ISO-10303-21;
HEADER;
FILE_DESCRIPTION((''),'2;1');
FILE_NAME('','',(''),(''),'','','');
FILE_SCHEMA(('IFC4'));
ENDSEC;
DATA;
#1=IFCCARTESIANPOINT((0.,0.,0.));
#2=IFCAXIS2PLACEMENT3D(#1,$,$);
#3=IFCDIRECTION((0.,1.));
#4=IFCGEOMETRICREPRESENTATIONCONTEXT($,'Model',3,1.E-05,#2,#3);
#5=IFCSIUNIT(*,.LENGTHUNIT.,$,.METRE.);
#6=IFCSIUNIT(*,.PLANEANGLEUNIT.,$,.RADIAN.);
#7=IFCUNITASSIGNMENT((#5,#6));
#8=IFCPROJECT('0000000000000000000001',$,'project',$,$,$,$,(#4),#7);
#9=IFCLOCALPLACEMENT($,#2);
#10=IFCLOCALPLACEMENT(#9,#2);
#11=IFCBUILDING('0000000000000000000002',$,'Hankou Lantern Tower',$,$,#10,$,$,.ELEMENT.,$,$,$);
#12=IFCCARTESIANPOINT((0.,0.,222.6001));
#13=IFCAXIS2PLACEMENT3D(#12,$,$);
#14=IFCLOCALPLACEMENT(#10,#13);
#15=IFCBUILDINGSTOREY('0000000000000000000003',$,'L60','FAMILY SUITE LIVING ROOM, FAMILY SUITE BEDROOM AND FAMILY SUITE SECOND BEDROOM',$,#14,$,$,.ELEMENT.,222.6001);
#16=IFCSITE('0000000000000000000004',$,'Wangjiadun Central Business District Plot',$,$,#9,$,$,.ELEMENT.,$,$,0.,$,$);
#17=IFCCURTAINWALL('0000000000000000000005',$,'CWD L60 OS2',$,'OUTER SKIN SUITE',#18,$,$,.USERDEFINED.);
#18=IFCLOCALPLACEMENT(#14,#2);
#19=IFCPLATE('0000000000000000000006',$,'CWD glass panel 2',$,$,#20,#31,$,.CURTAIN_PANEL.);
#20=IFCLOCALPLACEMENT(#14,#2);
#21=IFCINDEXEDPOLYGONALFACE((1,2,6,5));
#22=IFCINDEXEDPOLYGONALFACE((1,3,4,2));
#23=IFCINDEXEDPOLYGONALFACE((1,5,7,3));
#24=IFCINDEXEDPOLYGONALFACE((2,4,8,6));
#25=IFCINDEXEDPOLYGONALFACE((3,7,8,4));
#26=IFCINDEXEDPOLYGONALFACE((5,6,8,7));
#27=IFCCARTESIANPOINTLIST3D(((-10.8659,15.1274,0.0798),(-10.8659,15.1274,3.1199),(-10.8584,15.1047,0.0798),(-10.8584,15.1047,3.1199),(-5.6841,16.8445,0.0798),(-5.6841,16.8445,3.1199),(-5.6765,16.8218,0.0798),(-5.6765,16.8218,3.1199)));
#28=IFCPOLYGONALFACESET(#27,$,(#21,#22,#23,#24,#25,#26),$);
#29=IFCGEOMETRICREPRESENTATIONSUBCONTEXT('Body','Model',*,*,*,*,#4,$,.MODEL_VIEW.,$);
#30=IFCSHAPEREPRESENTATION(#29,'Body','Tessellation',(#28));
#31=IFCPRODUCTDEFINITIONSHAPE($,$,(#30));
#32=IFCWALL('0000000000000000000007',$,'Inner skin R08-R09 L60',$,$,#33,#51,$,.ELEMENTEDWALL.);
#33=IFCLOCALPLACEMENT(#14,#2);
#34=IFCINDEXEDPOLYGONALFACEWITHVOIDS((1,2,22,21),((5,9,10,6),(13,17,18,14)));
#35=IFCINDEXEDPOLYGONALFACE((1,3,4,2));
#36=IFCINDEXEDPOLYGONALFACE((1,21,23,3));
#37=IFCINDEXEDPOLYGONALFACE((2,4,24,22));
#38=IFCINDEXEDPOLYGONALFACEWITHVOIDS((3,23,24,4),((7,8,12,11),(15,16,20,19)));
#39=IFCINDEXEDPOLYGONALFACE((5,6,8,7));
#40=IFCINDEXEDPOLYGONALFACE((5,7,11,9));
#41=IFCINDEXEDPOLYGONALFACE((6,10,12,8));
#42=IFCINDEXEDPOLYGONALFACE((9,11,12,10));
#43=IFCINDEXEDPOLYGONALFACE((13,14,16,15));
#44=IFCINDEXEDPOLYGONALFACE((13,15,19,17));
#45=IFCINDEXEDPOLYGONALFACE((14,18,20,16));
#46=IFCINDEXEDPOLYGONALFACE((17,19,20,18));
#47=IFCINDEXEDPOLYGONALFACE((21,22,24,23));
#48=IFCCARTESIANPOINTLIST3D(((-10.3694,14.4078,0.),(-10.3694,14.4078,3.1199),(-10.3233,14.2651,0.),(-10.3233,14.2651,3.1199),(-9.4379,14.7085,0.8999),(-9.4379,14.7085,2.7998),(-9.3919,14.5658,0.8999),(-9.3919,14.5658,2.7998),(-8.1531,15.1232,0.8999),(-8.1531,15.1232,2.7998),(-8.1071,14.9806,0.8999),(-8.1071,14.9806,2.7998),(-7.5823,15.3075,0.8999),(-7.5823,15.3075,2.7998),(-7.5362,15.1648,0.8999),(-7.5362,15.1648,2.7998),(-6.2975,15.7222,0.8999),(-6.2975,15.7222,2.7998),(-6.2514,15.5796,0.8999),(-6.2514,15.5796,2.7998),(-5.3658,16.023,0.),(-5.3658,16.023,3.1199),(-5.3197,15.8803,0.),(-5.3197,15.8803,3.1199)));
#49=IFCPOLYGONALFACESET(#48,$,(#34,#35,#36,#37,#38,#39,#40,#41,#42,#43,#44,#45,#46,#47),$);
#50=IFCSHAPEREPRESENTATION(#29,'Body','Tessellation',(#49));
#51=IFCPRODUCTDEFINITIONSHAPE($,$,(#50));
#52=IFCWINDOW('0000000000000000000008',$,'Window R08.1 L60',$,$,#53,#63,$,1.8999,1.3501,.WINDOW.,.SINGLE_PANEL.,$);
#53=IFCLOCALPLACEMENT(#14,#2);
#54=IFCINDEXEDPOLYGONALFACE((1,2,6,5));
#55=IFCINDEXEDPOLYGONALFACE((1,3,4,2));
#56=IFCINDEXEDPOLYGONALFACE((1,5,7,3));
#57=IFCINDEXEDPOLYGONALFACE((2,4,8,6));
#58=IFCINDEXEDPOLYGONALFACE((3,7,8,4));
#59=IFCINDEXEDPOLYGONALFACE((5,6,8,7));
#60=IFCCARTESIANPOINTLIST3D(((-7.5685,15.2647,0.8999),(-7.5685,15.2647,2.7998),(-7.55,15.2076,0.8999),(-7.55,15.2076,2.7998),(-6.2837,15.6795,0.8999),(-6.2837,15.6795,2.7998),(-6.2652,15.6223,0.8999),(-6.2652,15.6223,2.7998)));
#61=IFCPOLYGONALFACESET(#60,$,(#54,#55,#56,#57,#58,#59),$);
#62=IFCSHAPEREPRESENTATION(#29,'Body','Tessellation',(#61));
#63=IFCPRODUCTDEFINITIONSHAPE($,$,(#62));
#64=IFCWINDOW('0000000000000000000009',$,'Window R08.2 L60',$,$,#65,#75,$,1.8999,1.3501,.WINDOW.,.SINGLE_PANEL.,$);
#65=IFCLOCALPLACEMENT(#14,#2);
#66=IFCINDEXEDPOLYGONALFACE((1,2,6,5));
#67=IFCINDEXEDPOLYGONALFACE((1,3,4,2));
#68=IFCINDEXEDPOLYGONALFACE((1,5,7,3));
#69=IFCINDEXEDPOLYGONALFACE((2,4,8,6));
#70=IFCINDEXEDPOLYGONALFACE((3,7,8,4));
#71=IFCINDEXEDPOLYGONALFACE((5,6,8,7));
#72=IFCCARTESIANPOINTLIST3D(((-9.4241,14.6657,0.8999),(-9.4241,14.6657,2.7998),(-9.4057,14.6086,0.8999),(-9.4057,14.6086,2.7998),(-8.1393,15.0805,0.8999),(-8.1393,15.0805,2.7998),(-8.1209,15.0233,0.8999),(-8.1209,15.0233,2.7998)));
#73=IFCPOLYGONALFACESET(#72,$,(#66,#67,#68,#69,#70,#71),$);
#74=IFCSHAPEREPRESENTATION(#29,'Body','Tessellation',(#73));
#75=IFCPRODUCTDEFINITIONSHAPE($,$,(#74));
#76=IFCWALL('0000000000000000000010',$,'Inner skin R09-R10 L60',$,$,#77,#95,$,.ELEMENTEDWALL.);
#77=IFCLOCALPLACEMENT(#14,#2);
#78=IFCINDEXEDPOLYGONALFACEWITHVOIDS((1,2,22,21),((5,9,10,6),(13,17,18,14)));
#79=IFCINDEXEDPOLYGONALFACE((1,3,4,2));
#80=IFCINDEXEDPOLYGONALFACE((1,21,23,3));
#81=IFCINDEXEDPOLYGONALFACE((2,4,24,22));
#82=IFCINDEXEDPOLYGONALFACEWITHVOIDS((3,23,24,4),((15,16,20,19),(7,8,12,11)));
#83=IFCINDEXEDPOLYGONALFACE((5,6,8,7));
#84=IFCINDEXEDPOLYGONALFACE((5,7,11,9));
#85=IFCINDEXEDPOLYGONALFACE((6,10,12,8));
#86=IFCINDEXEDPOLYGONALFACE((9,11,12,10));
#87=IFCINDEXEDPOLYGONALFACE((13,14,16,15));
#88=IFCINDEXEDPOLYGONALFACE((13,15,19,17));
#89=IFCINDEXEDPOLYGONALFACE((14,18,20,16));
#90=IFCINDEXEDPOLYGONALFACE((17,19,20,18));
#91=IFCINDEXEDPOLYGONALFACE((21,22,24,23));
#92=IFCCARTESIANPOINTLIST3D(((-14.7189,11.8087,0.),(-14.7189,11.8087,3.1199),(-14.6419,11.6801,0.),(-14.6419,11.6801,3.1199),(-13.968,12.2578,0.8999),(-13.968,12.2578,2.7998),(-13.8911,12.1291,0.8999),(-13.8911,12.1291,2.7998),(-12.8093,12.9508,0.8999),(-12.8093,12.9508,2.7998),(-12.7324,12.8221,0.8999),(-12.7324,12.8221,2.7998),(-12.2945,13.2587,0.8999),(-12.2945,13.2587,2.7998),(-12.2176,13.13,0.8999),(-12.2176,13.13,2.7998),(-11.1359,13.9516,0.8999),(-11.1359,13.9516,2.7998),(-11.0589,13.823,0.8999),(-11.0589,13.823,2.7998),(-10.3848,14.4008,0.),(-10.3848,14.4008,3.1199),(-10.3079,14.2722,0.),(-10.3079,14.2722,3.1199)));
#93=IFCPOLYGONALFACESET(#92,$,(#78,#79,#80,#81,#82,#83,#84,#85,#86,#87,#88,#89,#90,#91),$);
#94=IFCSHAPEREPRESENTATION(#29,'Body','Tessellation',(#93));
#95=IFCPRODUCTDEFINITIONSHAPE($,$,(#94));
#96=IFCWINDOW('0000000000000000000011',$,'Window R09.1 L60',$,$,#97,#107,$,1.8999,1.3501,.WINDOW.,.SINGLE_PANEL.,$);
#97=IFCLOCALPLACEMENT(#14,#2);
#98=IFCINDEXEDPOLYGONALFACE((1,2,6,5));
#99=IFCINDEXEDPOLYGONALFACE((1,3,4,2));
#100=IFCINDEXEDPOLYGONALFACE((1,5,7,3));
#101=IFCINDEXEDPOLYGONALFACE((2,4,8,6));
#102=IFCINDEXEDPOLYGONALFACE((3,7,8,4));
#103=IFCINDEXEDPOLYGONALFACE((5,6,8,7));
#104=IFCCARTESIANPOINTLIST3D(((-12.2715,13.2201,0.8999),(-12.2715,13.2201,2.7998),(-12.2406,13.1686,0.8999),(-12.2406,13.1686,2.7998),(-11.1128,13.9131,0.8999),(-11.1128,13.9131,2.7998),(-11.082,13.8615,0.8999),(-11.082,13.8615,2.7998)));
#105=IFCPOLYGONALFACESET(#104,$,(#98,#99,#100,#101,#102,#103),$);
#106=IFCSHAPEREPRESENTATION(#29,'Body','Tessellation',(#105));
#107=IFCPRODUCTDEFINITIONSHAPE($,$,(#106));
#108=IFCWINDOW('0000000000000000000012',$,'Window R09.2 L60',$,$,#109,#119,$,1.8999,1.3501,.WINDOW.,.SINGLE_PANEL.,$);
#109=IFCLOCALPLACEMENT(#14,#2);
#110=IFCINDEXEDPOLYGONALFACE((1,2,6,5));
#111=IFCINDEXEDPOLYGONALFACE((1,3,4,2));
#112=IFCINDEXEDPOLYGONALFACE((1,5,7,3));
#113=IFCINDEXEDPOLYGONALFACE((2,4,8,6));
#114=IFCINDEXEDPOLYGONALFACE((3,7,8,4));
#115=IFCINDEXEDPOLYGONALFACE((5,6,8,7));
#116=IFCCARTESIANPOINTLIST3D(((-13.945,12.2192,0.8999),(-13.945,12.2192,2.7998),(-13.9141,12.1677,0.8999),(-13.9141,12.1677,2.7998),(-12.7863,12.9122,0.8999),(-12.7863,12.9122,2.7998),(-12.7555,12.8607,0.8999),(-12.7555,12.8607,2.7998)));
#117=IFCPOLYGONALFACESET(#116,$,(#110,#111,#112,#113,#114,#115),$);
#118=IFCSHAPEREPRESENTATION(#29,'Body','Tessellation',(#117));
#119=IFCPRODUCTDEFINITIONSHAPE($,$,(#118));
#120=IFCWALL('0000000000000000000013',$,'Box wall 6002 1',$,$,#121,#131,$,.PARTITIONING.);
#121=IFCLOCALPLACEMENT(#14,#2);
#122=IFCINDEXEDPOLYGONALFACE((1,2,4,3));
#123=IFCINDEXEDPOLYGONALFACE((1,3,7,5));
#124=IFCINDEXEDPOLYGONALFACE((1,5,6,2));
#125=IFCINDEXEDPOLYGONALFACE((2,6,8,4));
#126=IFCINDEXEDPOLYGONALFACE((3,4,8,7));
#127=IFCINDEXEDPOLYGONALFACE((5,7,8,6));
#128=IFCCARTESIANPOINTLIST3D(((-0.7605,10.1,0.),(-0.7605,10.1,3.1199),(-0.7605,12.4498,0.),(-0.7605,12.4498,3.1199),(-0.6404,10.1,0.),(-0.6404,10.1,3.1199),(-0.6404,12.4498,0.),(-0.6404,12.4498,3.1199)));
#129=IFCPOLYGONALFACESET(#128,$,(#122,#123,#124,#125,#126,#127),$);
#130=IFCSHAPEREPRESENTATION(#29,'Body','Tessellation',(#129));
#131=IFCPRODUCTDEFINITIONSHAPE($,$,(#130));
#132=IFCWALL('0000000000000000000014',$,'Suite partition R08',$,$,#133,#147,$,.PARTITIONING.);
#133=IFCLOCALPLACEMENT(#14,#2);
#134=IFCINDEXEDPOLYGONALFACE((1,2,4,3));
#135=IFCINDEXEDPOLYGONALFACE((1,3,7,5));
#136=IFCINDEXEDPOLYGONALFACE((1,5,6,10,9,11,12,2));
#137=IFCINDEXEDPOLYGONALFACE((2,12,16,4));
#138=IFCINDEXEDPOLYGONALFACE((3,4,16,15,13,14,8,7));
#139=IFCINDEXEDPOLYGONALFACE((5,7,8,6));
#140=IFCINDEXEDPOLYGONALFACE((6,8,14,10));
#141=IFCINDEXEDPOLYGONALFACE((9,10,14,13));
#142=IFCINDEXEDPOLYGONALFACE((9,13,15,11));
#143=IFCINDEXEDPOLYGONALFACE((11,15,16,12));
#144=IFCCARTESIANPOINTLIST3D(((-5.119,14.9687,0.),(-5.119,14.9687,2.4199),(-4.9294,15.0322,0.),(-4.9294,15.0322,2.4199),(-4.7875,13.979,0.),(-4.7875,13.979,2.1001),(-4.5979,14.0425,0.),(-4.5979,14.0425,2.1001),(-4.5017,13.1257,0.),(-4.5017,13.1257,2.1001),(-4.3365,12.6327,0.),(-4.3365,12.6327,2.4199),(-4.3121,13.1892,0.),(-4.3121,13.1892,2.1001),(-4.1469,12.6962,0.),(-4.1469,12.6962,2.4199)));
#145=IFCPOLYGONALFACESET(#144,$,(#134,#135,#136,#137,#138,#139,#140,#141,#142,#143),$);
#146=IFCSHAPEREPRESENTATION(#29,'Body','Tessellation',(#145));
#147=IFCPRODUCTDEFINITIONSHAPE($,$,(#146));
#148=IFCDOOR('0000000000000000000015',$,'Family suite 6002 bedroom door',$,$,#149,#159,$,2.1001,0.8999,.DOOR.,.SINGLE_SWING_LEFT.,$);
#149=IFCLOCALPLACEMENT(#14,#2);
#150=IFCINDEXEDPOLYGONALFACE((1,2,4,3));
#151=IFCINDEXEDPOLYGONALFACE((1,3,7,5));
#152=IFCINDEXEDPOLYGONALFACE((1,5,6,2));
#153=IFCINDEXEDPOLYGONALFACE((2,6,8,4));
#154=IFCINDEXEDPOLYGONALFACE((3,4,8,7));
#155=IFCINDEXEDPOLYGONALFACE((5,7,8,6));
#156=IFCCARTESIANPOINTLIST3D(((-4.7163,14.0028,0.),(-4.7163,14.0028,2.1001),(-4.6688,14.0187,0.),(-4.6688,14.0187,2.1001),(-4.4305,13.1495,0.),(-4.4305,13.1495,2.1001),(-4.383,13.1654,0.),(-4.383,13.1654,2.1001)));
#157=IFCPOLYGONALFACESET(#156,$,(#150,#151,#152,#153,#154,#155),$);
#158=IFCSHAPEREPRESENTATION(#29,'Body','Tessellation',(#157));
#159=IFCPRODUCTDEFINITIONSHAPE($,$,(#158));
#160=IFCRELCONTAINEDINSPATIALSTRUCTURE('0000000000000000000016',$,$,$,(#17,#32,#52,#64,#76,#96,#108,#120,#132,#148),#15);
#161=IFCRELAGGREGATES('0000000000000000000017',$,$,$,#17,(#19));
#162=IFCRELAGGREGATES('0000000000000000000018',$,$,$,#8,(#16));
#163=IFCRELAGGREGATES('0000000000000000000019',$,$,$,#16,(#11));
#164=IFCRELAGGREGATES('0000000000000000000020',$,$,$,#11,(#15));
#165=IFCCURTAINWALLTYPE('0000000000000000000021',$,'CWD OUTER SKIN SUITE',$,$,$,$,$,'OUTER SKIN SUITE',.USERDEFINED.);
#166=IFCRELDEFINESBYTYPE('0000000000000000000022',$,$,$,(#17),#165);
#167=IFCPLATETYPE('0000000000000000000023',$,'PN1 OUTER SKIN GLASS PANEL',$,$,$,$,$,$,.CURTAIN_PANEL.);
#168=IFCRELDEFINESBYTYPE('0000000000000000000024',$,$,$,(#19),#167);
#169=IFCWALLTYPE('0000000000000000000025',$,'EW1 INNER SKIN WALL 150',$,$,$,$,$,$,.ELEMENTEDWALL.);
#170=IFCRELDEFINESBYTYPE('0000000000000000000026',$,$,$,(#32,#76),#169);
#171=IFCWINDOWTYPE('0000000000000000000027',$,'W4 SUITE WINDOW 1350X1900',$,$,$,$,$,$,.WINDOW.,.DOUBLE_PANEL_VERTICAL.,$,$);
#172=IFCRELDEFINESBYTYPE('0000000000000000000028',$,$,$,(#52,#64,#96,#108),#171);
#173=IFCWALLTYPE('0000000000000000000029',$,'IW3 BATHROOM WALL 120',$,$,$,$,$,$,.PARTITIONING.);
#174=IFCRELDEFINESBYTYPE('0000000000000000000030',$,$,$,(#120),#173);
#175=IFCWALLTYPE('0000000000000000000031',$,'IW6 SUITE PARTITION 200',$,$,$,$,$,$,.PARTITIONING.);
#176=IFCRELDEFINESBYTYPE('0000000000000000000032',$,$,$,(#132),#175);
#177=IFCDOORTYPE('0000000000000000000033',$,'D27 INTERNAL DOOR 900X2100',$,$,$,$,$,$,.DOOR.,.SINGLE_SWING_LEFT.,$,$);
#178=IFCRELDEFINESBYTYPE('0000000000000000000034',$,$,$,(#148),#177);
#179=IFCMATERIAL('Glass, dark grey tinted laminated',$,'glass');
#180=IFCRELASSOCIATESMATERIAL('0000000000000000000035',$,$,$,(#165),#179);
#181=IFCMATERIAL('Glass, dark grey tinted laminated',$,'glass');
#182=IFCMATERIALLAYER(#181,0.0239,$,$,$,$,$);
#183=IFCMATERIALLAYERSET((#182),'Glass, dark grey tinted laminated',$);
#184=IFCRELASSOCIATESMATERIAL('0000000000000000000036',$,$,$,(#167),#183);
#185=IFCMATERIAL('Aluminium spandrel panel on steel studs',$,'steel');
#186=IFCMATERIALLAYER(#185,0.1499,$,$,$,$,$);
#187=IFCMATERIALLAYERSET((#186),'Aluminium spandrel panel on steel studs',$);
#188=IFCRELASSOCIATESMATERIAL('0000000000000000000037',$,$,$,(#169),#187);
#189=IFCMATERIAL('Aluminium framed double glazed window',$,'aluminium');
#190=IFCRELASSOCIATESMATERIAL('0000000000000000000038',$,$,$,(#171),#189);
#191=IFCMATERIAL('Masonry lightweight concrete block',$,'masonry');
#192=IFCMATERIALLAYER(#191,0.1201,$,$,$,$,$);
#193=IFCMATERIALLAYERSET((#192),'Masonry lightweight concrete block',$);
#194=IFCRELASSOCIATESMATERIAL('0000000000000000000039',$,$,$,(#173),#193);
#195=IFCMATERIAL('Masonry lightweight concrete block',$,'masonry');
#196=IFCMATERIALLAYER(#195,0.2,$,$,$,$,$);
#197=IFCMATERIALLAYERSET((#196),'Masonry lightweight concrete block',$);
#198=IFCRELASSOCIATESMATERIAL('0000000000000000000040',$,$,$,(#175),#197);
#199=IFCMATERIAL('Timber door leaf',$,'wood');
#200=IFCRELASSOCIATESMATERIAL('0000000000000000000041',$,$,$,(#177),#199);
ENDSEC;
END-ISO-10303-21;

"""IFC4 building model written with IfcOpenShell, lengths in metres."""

from ifc_helpers import new_model, si_unit, direction, frame, frame_2d, origin, origin_2d, place, context, subcontext, project, spatial, rectangle, extrude, material, layer, layer_set, type_object, element, fill, aggregate, save


model = new_model("IFC4")

# Units and contexts
model_context = context("Model", 3, precision=1e-05, world=origin(), true_north=direction((0.0, 1.0)))
body_context = subcontext(model_context, "Body", "Model", "MODEL_VIEW")
ifc_project = project(units=[si_unit("LENGTHUNIT", "METRE"), si_unit("PLANEANGLEUNIT", "RADIAN")], contexts=[model_context])

# Site, building, storey
site_placement = place(None, origin())
site = spatial("IfcSite", under=ifc_project, at=site_placement, Name="Wangjiadun Central Business District Plot", CompositionType="ELEMENT", RefElevation=0.0)
building_placement = place(site_placement, origin())
building = spatial("IfcBuilding", under=site, at=building_placement, Name="Hankou Lantern Tower", CompositionType="ELEMENT")
storey_placement = place(building_placement, frame((0.0, 0.0, 222.6001)))
storey = spatial("IfcBuildingStorey", under=building, at=storey_placement, Name="L60", Description="FAMILY SUITE LIVING ROOM, FAMILY SUITE BEDROOM AND FAMILY SUITE SECOND BEDROOM", CompositionType="ELEMENT", Elevation=222.6001)

# Curtain wall
ifc_material_1 = material(Name="Glass, dark grey tinted laminated", Category="glass")
curtain_wall_type = type_object("IfcCurtainWallType", Name="CWD OUTER SKIN SUITE", ElementType="OUTER SKIN SUITE", PredefinedType="USERDEFINED", material=ifc_material_1)
curtain_wall_placement = place(storey_placement, origin())
curtain_wall = element("IfcCurtainWall", 1, at=curtain_wall_placement, inside=storey, type_object=curtain_wall_type, Name="CWD L60 OS2", ObjectType="OUTER SKIN SUITE", PredefinedType="USERDEFINED")

# Plate
ifc_material_2 = material(Name="Glass, dark grey tinted laminated", Category="glass")
ifc_layer_1 = layer(ifc_material_2, 0.0239)
ifc_layer_set_1 = layer_set([ifc_layer_1], Name="Glass, dark grey tinted laminated")
plate_type = type_object("IfcPlateType", Name="PN1 OUTER SKIN GLASS PANEL", PredefinedType="CURTAIN_PANEL", material=ifc_layer_set_1)
plate_1_placement = place(storey_placement, frame((-8.2712, 15.9746, 0.0798), z_axis=(0.0, 0.0, 1.0), x_axis=(-0.949241, -0.314551, 0.0)))
plate_1 = element("IfcPlate", 2, at=plate_1_placement, type_object=plate_type, Name="CWD glass panel 2", PredefinedType="CURTAIN_PANEL", context=body_context, shape_type="SweptSolid", body=[
    extrude(rectangle(XDim=5.459, YDim=0.0239, at=origin_2d()), origin(), (0.0, 0.0, 1.0), 3.04),
])
aggregate(curtain_wall, [plate_1])

# Walls, openings, windows
ifc_material_3 = material(Name="Aluminium spandrel panel on steel studs", Category="steel")
ifc_layer_2 = layer(ifc_material_3, 0.1499)
ifc_layer_set_2 = layer_set([ifc_layer_2], Name="Aluminium spandrel panel on steel studs")
wall_type_1 = type_object("IfcWallType", Name="EW1 INNER SKIN WALL 150", PredefinedType="ELEMENTEDWALL", material=ifc_layer_set_2)
wall_1_placement = place(storey_placement, frame((-5.3428, 15.9517, 0.0), z_axis=(0.0, 0.0, 1.0), x_axis=(-0.951645, -0.307201, 0.0)))
wall_1 = element("IfcWall", 3, at=wall_1_placement, inside=storey, type_object=wall_type_1, Name="Inner skin R08-R09 L60", PredefinedType="ELEMENTEDWALL", context=body_context, shape_type="SweptSolid", body=[
    extrude(rectangle(XDim=5.2578, YDim=0.1499, at=frame_2d((2.6289, 0.0))), origin(), (0.0, 0.0, 1.0), 3.1199),
])
opening_1_placement = place(wall_1_placement, frame((0.979, 0.0, 0.8999)))
opening_1 = element("IfcOpeningElement", 4, at=opening_1_placement, cuts=wall_1, PredefinedType="OPENING", context=body_context, shape_type="SweptSolid", body=[
    extrude(rectangle(XDim=1.3501, YDim=1.8999, at=frame_2d((0.675, 0.95))), frame((0.0, 0.085, 0.0), z_axis=(0.0, -1.0, 0.0), x_axis=(1.0, 0.0, 0.0)), (0.0, 0.0, 1.0), 0.1699),
])
opening_2_placement = place(wall_1_placement, frame((2.929, 0.0, 0.8999)))
opening_2 = element("IfcOpeningElement", 5, at=opening_2_placement, cuts=wall_1, PredefinedType="OPENING", context=body_context, shape_type="SweptSolid", body=[
    extrude(rectangle(XDim=1.3501, YDim=1.8999, at=frame_2d((0.675, 0.95))), frame((0.0, 0.085, 0.0), z_axis=(0.0, -1.0, 0.0), x_axis=(1.0, 0.0, 0.0)), (0.0, 0.0, 1.0), 0.1699),
])
ifc_material_4 = material(Name="Aluminium framed double glazed window", Category="aluminium")
window_type = type_object("IfcWindowType", Name="W4 SUITE WINDOW 1350X1900", PartitioningType="DOUBLE_PANEL_VERTICAL", PredefinedType="WINDOW", material=ifc_material_4)
window_1_placement = place(opening_1_placement, origin())
window_1 = element("IfcWindow", 6, at=window_1_placement, inside=storey, type_object=window_type, Name="Window R08.1 L60", OverallHeight=1.8999, OverallWidth=1.3501, PartitioningType="SINGLE_PANEL", PredefinedType="WINDOW", context=body_context, shape_type="SweptSolid", body=[
    extrude(rectangle(XDim=1.3501, YDim=1.8999, at=frame_2d((0.675, 0.95))), frame((0.0, 0.03, 0.0), z_axis=(0.0, -1.0, 0.0), x_axis=(1.0, 0.0, 0.0)), (0.0, 0.0, 1.0), 0.0601),
])
fill(opening_1, window_1)
window_2_placement = place(opening_2_placement, origin())
window_2 = element("IfcWindow", 7, at=window_2_placement, inside=storey, type_object=window_type, Name="Window R08.2 L60", OverallHeight=1.8999, OverallWidth=1.3501, PartitioningType="SINGLE_PANEL", PredefinedType="WINDOW", context=body_context, shape_type="SweptSolid", body=[
    extrude(rectangle(XDim=1.3501, YDim=1.8999, at=frame_2d((0.675, 0.95))), frame((0.0, 0.03, 0.0), z_axis=(0.0, -1.0, 0.0), x_axis=(1.0, 0.0, 0.0)), (0.0, 0.0, 1.0), 0.0601),
])
fill(opening_2, window_2)
wall_2_placement = place(storey_placement, frame((-10.3464, 14.3364, 0.0), z_axis=(0.0, 0.0, 1.0), x_axis=(-0.858222, -0.51328, 0.0)))
wall_2 = element("IfcWall", 8, at=wall_2_placement, inside=storey, type_object=wall_type_1, Name="Inner skin R09-R10 L60", PredefinedType="ELEMENTEDWALL", context=body_context, shape_type="SweptSolid", body=[
    extrude(rectangle(XDim=5.05, YDim=0.1499, at=frame_2d((2.5249, 0.0))), origin(), (0.0, 0.0, 1.0), 3.1199),
])
opening_3_placement = place(wall_2_placement, frame((0.875, 0.0, 0.8999)))
opening_3 = element("IfcOpeningElement", 9, at=opening_3_placement, cuts=wall_2, PredefinedType="OPENING", context=body_context, shape_type="SweptSolid", body=[
    extrude(rectangle(XDim=1.3501, YDim=1.8999, at=frame_2d((0.675, 0.95))), frame((0.0, 0.085, 0.0), z_axis=(0.0, -1.0, 0.0), x_axis=(1.0, 0.0, 0.0)), (0.0, 0.0, 1.0), 0.1699),
])
opening_4_placement = place(wall_2_placement, frame((2.825, 0.0, 0.8999)))
opening_4 = element("IfcOpeningElement", 10, at=opening_4_placement, cuts=wall_2, PredefinedType="OPENING", context=body_context, shape_type="SweptSolid", body=[
    extrude(rectangle(XDim=1.3501, YDim=1.8999, at=frame_2d((0.675, 0.95))), frame((0.0, 0.085, 0.0), z_axis=(0.0, -1.0, 0.0), x_axis=(1.0, 0.0, 0.0)), (0.0, 0.0, 1.0), 0.1699),
])
window_3_placement = place(opening_3_placement, origin())
window_3 = element("IfcWindow", 11, at=window_3_placement, inside=storey, type_object=window_type, Name="Window R09.1 L60", OverallHeight=1.8999, OverallWidth=1.3501, PartitioningType="SINGLE_PANEL", PredefinedType="WINDOW", context=body_context, shape_type="SweptSolid", body=[
    extrude(rectangle(XDim=1.3501, YDim=1.8999, at=frame_2d((0.675, 0.95))), frame((0.0, 0.03, 0.0), z_axis=(0.0, -1.0, 0.0), x_axis=(1.0, 0.0, 0.0)), (0.0, 0.0, 1.0), 0.0601),
])
fill(opening_3, window_3)
window_4_placement = place(opening_4_placement, origin())
window_4 = element("IfcWindow", 12, at=window_4_placement, inside=storey, type_object=window_type, Name="Window R09.2 L60", OverallHeight=1.8999, OverallWidth=1.3501, PartitioningType="SINGLE_PANEL", PredefinedType="WINDOW", context=body_context, shape_type="SweptSolid", body=[
    extrude(rectangle(XDim=1.3501, YDim=1.8999, at=frame_2d((0.675, 0.95))), frame((0.0, 0.03, 0.0), z_axis=(0.0, -1.0, 0.0), x_axis=(1.0, 0.0, 0.0)), (0.0, 0.0, 1.0), 0.0601),
])
fill(opening_4, window_4)

# Wall
ifc_material_5 = material(Name="Masonry lightweight concrete block", Category="masonry")
ifc_layer_3 = layer(ifc_material_5, 0.1201)
ifc_layer_set_3 = layer_set([ifc_layer_3], Name="Masonry lightweight concrete block")
wall_type_2 = type_object("IfcWallType", Name="IW3 BATHROOM WALL 120", PredefinedType="PARTITIONING", material=ifc_layer_set_3)
wall_3_placement = place(storey_placement, frame((-0.7004, 10.1001, 0.0), z_axis=(0.0, 0.0, 1.0), x_axis=(0.0, 1.0, 0.0)))
element("IfcWall", 13, at=wall_3_placement, inside=storey, type_object=wall_type_2, Name="Box wall 6002 1", PredefinedType="PARTITIONING", context=body_context, shape_type="SweptSolid", body=[
    extrude(rectangle(XDim=2.3499, YDim=0.1201, at=frame_2d((1.1748, 0.0))), origin(), (0.0, 0.0, 1.0), 3.1199),
])

# Wall, opening, door
ifc_material_6 = material(Name="Masonry lightweight concrete block", Category="masonry")
ifc_layer_4 = layer(ifc_material_6, 0.2)
ifc_layer_set_4 = layer_set([ifc_layer_4], Name="Masonry lightweight concrete block")
wall_type_3 = type_object("IfcWallType", Name="IW6 SUITE PARTITION 200", PredefinedType="PARTITIONING", material=ifc_layer_set_4)
wall_4_placement = place(storey_placement, frame((-4.2417, 12.6643, 0.0), z_axis=(0.0, 0.0, 1.0), x_axis=(-0.317595, 0.948226, 0.0)))
wall_4 = element("IfcWall", 14, at=wall_4_placement, inside=storey, type_object=wall_type_3, Name="Suite partition R08", PredefinedType="PARTITIONING", context=body_context, shape_type="SweptSolid", body=[
    extrude(rectangle(XDim=2.4636, YDim=0.2, at=frame_2d((1.2319, 0.0))), origin(), (0.0, 0.0, 1.0), 2.4199),
])
opening_5_placement = place(wall_4_placement, frame((0.52, 0.0, 0.0)))
opening_5 = element("IfcOpeningElement", 15, at=opening_5_placement, cuts=wall_4, PredefinedType="OPENING", context=body_context, shape_type="SweptSolid", body=[
    extrude(rectangle(XDim=0.8999, YDim=2.1001, at=frame_2d((0.45, 1.05))), frame((0.0, 0.1099, 0.0), z_axis=(0.0, -1.0, 0.0), x_axis=(1.0, 0.0, 0.0)), (0.0, 0.0, 1.0), 0.22),
])
ifc_material_7 = material(Name="Timber door leaf", Category="wood")
door_type = type_object("IfcDoorType", Name="D27 INTERNAL DOOR 900X2100", OperationType="SINGLE_SWING_LEFT", PredefinedType="DOOR", material=ifc_material_7)
door_placement = place(opening_5_placement, origin())
door = element("IfcDoor", 16, at=door_placement, inside=storey, type_object=door_type, Name="Family suite 6002 bedroom door", OperationType="SINGLE_SWING_LEFT", OverallHeight=2.1001, OverallWidth=0.8999, PredefinedType="DOOR", context=body_context, shape_type="SweptSolid", body=[
    extrude(rectangle(XDim=0.8999, YDim=2.1001, at=frame_2d((0.45, 1.05))), frame((0.0, 0.0249, 0.0), z_axis=(0.0, -1.0, 0.0), x_axis=(1.0, 0.0, 0.0)), (0.0, 0.0, 1.0), 0.05),
])
fill(opening_5, door)

save(model, "model.ifc")
